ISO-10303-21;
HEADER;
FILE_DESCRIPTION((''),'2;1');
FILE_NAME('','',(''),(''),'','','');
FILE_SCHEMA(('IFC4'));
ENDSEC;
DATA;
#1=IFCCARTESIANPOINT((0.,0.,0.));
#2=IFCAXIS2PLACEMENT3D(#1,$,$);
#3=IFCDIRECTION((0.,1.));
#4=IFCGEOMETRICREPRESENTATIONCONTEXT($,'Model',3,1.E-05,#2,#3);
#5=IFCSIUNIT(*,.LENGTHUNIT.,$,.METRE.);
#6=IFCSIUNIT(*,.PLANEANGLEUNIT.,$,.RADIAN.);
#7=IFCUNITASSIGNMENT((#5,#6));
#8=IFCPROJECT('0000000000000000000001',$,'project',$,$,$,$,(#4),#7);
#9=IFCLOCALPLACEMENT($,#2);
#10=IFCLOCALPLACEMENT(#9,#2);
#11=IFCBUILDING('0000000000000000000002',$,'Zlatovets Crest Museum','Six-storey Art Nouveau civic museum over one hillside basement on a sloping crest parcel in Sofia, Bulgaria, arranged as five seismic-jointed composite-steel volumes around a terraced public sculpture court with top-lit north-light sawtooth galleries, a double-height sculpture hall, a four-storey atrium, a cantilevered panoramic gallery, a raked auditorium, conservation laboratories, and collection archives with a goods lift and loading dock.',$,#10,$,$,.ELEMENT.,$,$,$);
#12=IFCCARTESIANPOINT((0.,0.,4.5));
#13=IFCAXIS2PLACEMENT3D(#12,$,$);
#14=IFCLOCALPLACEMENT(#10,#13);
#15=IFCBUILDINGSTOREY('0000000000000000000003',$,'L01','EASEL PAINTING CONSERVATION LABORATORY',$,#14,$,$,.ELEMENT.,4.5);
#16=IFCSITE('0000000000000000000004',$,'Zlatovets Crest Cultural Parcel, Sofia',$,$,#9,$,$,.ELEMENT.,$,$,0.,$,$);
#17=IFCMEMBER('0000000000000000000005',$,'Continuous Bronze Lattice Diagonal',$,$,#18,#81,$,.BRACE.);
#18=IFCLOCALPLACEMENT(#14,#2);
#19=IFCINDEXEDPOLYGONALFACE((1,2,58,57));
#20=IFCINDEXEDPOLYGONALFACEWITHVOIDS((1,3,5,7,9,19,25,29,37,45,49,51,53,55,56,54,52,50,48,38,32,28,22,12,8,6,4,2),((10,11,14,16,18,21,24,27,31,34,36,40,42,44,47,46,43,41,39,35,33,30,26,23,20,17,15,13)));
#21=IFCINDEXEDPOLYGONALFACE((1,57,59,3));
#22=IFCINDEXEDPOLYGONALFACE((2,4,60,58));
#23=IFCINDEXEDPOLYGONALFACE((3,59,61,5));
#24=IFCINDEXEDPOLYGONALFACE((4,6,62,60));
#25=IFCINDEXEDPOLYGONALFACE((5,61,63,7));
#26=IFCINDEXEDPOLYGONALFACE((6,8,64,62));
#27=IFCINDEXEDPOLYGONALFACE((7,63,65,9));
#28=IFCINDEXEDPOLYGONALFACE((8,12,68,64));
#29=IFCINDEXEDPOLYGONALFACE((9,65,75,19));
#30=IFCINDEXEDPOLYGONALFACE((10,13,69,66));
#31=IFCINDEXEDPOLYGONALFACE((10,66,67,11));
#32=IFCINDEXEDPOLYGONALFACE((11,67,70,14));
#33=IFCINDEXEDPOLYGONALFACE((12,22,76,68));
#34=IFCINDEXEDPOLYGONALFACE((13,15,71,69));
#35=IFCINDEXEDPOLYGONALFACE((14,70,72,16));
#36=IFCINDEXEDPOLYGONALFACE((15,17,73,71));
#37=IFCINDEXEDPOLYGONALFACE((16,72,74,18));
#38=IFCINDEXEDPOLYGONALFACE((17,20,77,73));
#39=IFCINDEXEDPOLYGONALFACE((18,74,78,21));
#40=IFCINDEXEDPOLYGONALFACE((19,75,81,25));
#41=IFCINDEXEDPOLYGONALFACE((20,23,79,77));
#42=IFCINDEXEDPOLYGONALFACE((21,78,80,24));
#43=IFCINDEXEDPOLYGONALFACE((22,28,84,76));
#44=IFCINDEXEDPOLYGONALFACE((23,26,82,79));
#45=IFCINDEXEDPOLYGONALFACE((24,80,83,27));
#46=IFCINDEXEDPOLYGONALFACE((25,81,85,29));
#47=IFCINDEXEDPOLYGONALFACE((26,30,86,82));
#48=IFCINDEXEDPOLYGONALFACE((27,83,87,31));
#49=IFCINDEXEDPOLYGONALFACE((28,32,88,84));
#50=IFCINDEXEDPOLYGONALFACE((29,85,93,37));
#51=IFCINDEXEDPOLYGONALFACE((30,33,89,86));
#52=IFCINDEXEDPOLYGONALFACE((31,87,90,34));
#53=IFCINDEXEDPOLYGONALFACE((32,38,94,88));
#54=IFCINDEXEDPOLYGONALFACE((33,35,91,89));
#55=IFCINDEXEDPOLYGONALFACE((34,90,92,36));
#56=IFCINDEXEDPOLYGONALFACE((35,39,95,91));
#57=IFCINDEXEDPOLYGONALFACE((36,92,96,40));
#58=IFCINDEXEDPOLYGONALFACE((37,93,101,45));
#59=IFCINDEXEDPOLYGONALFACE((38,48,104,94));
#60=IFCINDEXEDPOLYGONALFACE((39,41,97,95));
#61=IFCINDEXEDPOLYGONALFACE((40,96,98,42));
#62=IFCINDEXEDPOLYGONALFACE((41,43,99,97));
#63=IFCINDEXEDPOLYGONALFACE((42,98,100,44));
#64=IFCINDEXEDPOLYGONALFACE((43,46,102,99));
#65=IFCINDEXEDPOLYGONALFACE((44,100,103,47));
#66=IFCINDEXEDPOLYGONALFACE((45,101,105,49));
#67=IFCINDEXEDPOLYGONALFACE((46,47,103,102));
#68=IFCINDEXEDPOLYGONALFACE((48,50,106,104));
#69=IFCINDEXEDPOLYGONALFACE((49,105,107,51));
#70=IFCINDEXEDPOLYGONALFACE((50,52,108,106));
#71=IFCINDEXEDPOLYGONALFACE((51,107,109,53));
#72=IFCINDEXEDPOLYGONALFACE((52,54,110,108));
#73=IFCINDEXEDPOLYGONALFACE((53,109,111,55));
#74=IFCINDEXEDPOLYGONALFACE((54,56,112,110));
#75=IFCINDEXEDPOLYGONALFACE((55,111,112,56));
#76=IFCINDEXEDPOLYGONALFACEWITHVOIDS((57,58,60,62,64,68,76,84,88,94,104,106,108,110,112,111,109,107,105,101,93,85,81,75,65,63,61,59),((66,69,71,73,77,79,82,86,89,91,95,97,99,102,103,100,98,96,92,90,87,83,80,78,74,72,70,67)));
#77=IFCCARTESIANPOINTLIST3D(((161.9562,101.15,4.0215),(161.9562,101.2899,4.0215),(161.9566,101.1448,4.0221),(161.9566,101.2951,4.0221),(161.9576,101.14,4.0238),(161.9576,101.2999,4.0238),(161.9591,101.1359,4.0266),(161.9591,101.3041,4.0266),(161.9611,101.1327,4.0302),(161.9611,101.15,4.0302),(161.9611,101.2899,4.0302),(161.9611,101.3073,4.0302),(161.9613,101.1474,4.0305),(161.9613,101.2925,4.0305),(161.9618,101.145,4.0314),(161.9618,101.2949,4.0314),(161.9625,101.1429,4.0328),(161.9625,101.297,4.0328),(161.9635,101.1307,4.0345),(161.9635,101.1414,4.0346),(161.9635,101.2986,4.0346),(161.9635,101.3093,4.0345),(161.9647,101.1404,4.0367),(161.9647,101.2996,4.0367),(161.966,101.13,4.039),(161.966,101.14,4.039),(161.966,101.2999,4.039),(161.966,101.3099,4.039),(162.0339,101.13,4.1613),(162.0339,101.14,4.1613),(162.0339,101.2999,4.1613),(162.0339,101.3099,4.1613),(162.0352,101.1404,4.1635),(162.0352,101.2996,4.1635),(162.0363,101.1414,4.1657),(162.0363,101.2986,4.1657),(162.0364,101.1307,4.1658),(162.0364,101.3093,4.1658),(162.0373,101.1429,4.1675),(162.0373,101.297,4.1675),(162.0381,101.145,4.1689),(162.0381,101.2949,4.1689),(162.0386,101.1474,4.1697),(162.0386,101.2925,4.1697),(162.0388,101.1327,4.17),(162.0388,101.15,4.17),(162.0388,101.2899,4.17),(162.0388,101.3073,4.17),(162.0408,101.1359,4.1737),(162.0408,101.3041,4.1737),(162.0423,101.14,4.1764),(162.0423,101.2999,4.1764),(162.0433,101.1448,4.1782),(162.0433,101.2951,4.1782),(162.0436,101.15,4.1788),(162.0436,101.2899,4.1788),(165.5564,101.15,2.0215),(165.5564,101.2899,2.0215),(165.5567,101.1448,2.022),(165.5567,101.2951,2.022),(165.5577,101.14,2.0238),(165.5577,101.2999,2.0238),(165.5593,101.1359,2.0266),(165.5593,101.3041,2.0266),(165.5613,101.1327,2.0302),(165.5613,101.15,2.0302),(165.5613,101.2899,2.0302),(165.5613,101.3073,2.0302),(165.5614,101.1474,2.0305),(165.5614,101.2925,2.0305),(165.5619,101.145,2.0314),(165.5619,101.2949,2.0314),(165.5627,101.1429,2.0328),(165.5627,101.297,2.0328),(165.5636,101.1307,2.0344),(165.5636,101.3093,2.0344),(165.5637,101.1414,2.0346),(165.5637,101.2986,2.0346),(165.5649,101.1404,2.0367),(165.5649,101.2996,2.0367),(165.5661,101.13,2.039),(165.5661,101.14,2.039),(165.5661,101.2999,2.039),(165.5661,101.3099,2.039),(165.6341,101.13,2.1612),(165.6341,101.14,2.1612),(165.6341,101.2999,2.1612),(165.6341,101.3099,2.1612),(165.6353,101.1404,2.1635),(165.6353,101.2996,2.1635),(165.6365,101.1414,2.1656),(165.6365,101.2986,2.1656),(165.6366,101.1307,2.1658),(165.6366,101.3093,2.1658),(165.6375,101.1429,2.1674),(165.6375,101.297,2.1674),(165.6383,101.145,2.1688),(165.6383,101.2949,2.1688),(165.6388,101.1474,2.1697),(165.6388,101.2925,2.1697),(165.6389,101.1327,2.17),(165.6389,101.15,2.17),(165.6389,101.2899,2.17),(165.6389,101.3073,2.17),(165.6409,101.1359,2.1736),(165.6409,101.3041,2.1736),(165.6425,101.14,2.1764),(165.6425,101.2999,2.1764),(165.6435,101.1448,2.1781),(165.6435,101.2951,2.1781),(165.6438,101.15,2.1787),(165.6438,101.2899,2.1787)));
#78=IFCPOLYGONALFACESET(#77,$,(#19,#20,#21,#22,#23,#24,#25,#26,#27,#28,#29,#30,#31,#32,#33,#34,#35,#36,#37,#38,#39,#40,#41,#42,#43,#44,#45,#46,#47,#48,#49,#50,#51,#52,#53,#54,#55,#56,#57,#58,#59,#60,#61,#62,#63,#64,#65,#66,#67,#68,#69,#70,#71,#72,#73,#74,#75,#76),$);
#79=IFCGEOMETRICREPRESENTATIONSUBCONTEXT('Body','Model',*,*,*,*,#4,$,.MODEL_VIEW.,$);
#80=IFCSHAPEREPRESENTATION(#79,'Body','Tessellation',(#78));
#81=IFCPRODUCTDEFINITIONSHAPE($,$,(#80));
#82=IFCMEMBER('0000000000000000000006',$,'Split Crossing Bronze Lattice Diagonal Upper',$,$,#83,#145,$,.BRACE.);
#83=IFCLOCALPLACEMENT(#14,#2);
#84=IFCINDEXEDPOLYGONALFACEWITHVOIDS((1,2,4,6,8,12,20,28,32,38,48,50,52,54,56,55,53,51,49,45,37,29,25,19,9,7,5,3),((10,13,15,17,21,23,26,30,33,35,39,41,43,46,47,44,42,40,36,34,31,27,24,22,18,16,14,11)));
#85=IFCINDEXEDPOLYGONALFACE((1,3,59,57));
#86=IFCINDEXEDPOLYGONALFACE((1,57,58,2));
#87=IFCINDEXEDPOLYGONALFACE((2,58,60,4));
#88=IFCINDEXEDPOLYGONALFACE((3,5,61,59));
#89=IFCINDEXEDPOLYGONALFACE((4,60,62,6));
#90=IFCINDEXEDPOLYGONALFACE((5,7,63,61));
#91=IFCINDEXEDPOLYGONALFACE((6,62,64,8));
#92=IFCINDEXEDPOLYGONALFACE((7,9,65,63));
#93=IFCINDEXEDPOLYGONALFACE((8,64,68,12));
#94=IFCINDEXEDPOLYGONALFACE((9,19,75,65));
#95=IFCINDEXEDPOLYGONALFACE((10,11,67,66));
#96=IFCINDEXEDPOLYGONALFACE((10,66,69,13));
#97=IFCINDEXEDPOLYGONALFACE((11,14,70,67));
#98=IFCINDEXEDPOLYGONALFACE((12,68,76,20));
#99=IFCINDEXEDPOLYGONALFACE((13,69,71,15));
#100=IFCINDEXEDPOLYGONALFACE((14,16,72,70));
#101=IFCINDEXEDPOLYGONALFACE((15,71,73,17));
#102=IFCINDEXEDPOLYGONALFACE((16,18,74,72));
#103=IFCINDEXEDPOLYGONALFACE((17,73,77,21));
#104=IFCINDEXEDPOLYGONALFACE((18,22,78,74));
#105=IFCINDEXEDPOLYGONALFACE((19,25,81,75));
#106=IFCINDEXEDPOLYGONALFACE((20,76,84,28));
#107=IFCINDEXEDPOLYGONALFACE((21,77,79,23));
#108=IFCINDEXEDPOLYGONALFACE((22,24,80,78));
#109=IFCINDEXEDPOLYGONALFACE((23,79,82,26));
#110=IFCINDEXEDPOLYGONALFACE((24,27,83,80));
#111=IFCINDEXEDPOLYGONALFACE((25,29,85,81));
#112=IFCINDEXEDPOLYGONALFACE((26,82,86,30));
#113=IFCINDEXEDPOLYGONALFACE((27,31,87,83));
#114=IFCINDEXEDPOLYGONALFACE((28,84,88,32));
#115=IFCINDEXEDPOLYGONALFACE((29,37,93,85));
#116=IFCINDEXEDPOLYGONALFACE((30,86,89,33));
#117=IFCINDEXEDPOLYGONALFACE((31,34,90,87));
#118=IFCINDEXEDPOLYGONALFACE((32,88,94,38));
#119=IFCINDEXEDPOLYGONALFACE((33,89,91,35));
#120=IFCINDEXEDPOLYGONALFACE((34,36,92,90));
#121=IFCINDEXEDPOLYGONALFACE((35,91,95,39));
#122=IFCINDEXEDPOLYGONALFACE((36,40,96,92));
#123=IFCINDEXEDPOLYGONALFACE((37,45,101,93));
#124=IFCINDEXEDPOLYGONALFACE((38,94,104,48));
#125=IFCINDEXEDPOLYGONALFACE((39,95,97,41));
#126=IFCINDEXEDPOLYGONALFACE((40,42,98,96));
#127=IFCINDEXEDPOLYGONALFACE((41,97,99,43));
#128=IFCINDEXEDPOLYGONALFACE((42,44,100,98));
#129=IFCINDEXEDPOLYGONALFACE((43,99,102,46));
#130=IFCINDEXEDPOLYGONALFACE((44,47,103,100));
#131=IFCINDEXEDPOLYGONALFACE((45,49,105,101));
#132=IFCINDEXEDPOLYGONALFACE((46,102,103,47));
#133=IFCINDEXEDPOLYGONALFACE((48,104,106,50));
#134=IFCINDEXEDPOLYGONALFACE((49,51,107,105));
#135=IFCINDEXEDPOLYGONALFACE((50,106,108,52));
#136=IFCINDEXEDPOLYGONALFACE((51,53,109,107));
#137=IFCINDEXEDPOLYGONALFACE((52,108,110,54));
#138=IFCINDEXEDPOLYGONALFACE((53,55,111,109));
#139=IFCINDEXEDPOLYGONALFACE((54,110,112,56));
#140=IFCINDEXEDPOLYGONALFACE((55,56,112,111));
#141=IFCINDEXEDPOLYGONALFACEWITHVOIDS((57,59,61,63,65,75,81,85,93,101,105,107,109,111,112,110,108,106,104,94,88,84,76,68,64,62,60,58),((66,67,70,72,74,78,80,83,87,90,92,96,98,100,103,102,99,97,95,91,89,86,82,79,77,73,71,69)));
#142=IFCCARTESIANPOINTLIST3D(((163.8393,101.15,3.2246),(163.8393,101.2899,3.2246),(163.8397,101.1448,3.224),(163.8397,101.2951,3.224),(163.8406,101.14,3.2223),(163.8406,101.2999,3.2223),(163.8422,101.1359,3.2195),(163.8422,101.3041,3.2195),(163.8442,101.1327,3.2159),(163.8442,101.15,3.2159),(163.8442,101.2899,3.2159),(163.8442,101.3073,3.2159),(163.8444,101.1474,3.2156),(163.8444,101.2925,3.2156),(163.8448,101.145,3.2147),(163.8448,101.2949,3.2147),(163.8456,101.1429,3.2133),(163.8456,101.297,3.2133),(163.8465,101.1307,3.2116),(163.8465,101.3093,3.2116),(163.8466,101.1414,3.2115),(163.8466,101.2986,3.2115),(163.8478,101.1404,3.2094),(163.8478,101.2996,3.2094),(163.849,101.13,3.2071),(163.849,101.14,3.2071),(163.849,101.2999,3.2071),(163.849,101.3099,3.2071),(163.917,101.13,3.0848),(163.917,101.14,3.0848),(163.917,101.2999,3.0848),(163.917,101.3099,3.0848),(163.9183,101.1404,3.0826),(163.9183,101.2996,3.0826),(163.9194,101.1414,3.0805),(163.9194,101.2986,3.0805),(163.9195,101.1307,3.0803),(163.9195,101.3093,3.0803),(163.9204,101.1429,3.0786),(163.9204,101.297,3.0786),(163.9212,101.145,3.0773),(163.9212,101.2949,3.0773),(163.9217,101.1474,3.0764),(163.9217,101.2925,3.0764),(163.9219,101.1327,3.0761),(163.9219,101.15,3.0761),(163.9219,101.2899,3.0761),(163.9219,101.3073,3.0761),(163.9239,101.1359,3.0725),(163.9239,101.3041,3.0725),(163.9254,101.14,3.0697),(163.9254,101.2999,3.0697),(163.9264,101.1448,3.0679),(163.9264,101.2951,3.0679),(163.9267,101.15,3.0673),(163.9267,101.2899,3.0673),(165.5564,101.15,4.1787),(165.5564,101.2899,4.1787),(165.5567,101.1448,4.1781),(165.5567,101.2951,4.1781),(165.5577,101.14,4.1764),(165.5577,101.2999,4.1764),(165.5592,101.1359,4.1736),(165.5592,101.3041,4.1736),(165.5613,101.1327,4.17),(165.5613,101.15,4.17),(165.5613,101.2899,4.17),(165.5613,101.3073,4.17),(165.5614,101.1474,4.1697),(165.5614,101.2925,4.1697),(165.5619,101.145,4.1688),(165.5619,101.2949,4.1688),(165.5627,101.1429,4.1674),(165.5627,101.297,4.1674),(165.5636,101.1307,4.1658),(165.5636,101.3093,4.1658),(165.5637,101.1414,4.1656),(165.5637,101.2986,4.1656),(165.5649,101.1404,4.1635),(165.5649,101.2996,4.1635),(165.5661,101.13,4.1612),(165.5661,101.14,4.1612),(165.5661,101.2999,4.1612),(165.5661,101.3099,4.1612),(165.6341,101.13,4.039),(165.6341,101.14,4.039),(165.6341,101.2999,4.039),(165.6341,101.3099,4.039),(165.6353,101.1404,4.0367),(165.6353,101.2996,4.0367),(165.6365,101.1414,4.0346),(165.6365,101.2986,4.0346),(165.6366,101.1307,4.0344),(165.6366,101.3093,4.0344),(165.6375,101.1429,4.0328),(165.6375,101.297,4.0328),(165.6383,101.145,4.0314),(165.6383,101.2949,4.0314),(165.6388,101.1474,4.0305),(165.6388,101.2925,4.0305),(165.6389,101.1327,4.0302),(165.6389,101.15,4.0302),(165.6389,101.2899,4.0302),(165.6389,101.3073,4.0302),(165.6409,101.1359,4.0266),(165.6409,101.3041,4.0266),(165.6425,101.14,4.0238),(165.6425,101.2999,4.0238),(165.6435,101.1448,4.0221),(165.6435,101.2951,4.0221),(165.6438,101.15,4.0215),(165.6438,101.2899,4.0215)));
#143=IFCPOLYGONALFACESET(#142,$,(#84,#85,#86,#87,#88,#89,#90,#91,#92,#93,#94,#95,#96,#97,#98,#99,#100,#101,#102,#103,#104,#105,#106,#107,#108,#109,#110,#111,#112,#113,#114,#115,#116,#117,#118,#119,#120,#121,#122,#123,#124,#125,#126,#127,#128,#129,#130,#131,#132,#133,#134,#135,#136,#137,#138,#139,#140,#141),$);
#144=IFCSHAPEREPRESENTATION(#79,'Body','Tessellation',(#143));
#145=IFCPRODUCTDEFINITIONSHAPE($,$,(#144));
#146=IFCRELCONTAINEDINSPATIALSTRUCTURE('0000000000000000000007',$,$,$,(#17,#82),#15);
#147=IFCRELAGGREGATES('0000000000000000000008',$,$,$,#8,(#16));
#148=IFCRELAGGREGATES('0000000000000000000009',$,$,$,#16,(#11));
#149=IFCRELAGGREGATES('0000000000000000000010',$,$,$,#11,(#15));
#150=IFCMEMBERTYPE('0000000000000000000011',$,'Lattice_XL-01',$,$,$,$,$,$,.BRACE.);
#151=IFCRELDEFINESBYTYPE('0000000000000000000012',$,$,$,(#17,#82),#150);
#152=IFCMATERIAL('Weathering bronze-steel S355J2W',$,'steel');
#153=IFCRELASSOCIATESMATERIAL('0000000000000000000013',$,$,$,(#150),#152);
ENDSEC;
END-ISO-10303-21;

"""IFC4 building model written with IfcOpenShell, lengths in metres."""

from ifc_helpers import new_model, si_unit, direction, frame, origin, origin_2d, place, context, subcontext, project, spatial, hollow_rectangle, extrude, material, material_profile, profile_set, type_object, element, save


model = new_model("IFC4")

# Units and contexts
model_context = context("Model", 3, precision=1e-05, world=origin(), true_north=direction((0.0, 1.0)))
body_context = subcontext(model_context, "Body", "Model", "MODEL_VIEW")
ifc_project = project(units=[si_unit("LENGTHUNIT", "METRE"), si_unit("PLANEANGLEUNIT", "RADIAN")], contexts=[model_context])

# Site, building, storey
site_placement = place(None, origin())
site = spatial("IfcSite", under=ifc_project, at=site_placement, Name="Zlatovets Crest Cultural Parcel, Sofia", CompositionType="ELEMENT", RefElevation=0.0)
building_placement = place(site_placement, origin())
building = spatial("IfcBuilding", under=site, at=building_placement, Name="Zlatovets Crest Museum", Description="Six-storey Art Nouveau civic museum over one hillside basement on a sloping crest parcel in Sofia, Bulgaria, arranged as five seismic-jointed composite-steel volumes around a terraced public sculpture court with top-lit north-light sawtooth galleries, a double-height sculpture hall, a four-storey atrium, a cantilevered panoramic gallery, a raked auditorium, conservation laboratories, and collection archives with a goods lift and loading dock.", CompositionType="ELEMENT")
storey_placement = place(building_placement, frame((0.0, 0.0, 4.5)))
storey = spatial("IfcBuildingStorey", under=building, at=storey_placement, Name="L01", Description="EASEL PAINTING CONSERVATION LABORATORY", CompositionType="ELEMENT", Elevation=4.5)

# Members
ifc_material_1 = material(Name="Weathering bronze-steel S355J2W", Category="steel")
ifc_material_profile_1 = material_profile(ifc_material_1, hollow_rectangle(XDim=0.1799, YDim=0.1799, WallThickness=0.01, InnerFilletRadius=0.01, OuterFilletRadius=0.02, at=origin_2d()), Name="SHS 180x180x10.0")
ifc_profile_set_1 = profile_set([ifc_material_profile_1], Name="Weathering bronze-steel S355J2W")
member_type_1 = type_object("IfcMemberType", Name="Lattice_XL-01", PredefinedType="BRACE", material=ifc_profile_set_1)
member_1_placement = place(storey_placement, frame((165.6001, 101.22, 2.1001), z_axis=(-0.874163, 0.0, 0.485633), x_axis=(0.0, -1.0, 0.0)))
element("IfcMember", 1, at=member_1_placement, inside=storey, type_object=member_type_1, Name="Continuous Bronze Lattice Diagonal", PredefinedType="BRACE", context=body_context, shape_type="SweptSolid", body=[
    extrude(hollow_rectangle(XDim=0.1799, YDim=0.1799, WallThickness=0.01, InnerFilletRadius=0.01, OuterFilletRadius=0.02, at=origin_2d()), origin(), (0.0, 0.0, 1.0), 4.1184),
])
member_2_placement = place(storey_placement, frame((165.6001, 101.22, 4.1001), z_axis=(-0.874116, 0.0, -0.485717), x_axis=(0.0, -1.0, 0.0)))
element("IfcMember", 2, at=member_2_placement, inside=storey, type_object=member_type_1, Name="Split Crossing Bronze Lattice Diagonal Upper", PredefinedType="BRACE", context=body_context, shape_type="SweptSolid", body=[
    extrude(hollow_rectangle(XDim=0.1799, YDim=0.1799, WallThickness=0.01, InnerFilletRadius=0.01, OuterFilletRadius=0.02, at=origin_2d()), origin(), (0.0, 0.0, 1.0), 1.9644),
])

save(model, "model.ifc")
